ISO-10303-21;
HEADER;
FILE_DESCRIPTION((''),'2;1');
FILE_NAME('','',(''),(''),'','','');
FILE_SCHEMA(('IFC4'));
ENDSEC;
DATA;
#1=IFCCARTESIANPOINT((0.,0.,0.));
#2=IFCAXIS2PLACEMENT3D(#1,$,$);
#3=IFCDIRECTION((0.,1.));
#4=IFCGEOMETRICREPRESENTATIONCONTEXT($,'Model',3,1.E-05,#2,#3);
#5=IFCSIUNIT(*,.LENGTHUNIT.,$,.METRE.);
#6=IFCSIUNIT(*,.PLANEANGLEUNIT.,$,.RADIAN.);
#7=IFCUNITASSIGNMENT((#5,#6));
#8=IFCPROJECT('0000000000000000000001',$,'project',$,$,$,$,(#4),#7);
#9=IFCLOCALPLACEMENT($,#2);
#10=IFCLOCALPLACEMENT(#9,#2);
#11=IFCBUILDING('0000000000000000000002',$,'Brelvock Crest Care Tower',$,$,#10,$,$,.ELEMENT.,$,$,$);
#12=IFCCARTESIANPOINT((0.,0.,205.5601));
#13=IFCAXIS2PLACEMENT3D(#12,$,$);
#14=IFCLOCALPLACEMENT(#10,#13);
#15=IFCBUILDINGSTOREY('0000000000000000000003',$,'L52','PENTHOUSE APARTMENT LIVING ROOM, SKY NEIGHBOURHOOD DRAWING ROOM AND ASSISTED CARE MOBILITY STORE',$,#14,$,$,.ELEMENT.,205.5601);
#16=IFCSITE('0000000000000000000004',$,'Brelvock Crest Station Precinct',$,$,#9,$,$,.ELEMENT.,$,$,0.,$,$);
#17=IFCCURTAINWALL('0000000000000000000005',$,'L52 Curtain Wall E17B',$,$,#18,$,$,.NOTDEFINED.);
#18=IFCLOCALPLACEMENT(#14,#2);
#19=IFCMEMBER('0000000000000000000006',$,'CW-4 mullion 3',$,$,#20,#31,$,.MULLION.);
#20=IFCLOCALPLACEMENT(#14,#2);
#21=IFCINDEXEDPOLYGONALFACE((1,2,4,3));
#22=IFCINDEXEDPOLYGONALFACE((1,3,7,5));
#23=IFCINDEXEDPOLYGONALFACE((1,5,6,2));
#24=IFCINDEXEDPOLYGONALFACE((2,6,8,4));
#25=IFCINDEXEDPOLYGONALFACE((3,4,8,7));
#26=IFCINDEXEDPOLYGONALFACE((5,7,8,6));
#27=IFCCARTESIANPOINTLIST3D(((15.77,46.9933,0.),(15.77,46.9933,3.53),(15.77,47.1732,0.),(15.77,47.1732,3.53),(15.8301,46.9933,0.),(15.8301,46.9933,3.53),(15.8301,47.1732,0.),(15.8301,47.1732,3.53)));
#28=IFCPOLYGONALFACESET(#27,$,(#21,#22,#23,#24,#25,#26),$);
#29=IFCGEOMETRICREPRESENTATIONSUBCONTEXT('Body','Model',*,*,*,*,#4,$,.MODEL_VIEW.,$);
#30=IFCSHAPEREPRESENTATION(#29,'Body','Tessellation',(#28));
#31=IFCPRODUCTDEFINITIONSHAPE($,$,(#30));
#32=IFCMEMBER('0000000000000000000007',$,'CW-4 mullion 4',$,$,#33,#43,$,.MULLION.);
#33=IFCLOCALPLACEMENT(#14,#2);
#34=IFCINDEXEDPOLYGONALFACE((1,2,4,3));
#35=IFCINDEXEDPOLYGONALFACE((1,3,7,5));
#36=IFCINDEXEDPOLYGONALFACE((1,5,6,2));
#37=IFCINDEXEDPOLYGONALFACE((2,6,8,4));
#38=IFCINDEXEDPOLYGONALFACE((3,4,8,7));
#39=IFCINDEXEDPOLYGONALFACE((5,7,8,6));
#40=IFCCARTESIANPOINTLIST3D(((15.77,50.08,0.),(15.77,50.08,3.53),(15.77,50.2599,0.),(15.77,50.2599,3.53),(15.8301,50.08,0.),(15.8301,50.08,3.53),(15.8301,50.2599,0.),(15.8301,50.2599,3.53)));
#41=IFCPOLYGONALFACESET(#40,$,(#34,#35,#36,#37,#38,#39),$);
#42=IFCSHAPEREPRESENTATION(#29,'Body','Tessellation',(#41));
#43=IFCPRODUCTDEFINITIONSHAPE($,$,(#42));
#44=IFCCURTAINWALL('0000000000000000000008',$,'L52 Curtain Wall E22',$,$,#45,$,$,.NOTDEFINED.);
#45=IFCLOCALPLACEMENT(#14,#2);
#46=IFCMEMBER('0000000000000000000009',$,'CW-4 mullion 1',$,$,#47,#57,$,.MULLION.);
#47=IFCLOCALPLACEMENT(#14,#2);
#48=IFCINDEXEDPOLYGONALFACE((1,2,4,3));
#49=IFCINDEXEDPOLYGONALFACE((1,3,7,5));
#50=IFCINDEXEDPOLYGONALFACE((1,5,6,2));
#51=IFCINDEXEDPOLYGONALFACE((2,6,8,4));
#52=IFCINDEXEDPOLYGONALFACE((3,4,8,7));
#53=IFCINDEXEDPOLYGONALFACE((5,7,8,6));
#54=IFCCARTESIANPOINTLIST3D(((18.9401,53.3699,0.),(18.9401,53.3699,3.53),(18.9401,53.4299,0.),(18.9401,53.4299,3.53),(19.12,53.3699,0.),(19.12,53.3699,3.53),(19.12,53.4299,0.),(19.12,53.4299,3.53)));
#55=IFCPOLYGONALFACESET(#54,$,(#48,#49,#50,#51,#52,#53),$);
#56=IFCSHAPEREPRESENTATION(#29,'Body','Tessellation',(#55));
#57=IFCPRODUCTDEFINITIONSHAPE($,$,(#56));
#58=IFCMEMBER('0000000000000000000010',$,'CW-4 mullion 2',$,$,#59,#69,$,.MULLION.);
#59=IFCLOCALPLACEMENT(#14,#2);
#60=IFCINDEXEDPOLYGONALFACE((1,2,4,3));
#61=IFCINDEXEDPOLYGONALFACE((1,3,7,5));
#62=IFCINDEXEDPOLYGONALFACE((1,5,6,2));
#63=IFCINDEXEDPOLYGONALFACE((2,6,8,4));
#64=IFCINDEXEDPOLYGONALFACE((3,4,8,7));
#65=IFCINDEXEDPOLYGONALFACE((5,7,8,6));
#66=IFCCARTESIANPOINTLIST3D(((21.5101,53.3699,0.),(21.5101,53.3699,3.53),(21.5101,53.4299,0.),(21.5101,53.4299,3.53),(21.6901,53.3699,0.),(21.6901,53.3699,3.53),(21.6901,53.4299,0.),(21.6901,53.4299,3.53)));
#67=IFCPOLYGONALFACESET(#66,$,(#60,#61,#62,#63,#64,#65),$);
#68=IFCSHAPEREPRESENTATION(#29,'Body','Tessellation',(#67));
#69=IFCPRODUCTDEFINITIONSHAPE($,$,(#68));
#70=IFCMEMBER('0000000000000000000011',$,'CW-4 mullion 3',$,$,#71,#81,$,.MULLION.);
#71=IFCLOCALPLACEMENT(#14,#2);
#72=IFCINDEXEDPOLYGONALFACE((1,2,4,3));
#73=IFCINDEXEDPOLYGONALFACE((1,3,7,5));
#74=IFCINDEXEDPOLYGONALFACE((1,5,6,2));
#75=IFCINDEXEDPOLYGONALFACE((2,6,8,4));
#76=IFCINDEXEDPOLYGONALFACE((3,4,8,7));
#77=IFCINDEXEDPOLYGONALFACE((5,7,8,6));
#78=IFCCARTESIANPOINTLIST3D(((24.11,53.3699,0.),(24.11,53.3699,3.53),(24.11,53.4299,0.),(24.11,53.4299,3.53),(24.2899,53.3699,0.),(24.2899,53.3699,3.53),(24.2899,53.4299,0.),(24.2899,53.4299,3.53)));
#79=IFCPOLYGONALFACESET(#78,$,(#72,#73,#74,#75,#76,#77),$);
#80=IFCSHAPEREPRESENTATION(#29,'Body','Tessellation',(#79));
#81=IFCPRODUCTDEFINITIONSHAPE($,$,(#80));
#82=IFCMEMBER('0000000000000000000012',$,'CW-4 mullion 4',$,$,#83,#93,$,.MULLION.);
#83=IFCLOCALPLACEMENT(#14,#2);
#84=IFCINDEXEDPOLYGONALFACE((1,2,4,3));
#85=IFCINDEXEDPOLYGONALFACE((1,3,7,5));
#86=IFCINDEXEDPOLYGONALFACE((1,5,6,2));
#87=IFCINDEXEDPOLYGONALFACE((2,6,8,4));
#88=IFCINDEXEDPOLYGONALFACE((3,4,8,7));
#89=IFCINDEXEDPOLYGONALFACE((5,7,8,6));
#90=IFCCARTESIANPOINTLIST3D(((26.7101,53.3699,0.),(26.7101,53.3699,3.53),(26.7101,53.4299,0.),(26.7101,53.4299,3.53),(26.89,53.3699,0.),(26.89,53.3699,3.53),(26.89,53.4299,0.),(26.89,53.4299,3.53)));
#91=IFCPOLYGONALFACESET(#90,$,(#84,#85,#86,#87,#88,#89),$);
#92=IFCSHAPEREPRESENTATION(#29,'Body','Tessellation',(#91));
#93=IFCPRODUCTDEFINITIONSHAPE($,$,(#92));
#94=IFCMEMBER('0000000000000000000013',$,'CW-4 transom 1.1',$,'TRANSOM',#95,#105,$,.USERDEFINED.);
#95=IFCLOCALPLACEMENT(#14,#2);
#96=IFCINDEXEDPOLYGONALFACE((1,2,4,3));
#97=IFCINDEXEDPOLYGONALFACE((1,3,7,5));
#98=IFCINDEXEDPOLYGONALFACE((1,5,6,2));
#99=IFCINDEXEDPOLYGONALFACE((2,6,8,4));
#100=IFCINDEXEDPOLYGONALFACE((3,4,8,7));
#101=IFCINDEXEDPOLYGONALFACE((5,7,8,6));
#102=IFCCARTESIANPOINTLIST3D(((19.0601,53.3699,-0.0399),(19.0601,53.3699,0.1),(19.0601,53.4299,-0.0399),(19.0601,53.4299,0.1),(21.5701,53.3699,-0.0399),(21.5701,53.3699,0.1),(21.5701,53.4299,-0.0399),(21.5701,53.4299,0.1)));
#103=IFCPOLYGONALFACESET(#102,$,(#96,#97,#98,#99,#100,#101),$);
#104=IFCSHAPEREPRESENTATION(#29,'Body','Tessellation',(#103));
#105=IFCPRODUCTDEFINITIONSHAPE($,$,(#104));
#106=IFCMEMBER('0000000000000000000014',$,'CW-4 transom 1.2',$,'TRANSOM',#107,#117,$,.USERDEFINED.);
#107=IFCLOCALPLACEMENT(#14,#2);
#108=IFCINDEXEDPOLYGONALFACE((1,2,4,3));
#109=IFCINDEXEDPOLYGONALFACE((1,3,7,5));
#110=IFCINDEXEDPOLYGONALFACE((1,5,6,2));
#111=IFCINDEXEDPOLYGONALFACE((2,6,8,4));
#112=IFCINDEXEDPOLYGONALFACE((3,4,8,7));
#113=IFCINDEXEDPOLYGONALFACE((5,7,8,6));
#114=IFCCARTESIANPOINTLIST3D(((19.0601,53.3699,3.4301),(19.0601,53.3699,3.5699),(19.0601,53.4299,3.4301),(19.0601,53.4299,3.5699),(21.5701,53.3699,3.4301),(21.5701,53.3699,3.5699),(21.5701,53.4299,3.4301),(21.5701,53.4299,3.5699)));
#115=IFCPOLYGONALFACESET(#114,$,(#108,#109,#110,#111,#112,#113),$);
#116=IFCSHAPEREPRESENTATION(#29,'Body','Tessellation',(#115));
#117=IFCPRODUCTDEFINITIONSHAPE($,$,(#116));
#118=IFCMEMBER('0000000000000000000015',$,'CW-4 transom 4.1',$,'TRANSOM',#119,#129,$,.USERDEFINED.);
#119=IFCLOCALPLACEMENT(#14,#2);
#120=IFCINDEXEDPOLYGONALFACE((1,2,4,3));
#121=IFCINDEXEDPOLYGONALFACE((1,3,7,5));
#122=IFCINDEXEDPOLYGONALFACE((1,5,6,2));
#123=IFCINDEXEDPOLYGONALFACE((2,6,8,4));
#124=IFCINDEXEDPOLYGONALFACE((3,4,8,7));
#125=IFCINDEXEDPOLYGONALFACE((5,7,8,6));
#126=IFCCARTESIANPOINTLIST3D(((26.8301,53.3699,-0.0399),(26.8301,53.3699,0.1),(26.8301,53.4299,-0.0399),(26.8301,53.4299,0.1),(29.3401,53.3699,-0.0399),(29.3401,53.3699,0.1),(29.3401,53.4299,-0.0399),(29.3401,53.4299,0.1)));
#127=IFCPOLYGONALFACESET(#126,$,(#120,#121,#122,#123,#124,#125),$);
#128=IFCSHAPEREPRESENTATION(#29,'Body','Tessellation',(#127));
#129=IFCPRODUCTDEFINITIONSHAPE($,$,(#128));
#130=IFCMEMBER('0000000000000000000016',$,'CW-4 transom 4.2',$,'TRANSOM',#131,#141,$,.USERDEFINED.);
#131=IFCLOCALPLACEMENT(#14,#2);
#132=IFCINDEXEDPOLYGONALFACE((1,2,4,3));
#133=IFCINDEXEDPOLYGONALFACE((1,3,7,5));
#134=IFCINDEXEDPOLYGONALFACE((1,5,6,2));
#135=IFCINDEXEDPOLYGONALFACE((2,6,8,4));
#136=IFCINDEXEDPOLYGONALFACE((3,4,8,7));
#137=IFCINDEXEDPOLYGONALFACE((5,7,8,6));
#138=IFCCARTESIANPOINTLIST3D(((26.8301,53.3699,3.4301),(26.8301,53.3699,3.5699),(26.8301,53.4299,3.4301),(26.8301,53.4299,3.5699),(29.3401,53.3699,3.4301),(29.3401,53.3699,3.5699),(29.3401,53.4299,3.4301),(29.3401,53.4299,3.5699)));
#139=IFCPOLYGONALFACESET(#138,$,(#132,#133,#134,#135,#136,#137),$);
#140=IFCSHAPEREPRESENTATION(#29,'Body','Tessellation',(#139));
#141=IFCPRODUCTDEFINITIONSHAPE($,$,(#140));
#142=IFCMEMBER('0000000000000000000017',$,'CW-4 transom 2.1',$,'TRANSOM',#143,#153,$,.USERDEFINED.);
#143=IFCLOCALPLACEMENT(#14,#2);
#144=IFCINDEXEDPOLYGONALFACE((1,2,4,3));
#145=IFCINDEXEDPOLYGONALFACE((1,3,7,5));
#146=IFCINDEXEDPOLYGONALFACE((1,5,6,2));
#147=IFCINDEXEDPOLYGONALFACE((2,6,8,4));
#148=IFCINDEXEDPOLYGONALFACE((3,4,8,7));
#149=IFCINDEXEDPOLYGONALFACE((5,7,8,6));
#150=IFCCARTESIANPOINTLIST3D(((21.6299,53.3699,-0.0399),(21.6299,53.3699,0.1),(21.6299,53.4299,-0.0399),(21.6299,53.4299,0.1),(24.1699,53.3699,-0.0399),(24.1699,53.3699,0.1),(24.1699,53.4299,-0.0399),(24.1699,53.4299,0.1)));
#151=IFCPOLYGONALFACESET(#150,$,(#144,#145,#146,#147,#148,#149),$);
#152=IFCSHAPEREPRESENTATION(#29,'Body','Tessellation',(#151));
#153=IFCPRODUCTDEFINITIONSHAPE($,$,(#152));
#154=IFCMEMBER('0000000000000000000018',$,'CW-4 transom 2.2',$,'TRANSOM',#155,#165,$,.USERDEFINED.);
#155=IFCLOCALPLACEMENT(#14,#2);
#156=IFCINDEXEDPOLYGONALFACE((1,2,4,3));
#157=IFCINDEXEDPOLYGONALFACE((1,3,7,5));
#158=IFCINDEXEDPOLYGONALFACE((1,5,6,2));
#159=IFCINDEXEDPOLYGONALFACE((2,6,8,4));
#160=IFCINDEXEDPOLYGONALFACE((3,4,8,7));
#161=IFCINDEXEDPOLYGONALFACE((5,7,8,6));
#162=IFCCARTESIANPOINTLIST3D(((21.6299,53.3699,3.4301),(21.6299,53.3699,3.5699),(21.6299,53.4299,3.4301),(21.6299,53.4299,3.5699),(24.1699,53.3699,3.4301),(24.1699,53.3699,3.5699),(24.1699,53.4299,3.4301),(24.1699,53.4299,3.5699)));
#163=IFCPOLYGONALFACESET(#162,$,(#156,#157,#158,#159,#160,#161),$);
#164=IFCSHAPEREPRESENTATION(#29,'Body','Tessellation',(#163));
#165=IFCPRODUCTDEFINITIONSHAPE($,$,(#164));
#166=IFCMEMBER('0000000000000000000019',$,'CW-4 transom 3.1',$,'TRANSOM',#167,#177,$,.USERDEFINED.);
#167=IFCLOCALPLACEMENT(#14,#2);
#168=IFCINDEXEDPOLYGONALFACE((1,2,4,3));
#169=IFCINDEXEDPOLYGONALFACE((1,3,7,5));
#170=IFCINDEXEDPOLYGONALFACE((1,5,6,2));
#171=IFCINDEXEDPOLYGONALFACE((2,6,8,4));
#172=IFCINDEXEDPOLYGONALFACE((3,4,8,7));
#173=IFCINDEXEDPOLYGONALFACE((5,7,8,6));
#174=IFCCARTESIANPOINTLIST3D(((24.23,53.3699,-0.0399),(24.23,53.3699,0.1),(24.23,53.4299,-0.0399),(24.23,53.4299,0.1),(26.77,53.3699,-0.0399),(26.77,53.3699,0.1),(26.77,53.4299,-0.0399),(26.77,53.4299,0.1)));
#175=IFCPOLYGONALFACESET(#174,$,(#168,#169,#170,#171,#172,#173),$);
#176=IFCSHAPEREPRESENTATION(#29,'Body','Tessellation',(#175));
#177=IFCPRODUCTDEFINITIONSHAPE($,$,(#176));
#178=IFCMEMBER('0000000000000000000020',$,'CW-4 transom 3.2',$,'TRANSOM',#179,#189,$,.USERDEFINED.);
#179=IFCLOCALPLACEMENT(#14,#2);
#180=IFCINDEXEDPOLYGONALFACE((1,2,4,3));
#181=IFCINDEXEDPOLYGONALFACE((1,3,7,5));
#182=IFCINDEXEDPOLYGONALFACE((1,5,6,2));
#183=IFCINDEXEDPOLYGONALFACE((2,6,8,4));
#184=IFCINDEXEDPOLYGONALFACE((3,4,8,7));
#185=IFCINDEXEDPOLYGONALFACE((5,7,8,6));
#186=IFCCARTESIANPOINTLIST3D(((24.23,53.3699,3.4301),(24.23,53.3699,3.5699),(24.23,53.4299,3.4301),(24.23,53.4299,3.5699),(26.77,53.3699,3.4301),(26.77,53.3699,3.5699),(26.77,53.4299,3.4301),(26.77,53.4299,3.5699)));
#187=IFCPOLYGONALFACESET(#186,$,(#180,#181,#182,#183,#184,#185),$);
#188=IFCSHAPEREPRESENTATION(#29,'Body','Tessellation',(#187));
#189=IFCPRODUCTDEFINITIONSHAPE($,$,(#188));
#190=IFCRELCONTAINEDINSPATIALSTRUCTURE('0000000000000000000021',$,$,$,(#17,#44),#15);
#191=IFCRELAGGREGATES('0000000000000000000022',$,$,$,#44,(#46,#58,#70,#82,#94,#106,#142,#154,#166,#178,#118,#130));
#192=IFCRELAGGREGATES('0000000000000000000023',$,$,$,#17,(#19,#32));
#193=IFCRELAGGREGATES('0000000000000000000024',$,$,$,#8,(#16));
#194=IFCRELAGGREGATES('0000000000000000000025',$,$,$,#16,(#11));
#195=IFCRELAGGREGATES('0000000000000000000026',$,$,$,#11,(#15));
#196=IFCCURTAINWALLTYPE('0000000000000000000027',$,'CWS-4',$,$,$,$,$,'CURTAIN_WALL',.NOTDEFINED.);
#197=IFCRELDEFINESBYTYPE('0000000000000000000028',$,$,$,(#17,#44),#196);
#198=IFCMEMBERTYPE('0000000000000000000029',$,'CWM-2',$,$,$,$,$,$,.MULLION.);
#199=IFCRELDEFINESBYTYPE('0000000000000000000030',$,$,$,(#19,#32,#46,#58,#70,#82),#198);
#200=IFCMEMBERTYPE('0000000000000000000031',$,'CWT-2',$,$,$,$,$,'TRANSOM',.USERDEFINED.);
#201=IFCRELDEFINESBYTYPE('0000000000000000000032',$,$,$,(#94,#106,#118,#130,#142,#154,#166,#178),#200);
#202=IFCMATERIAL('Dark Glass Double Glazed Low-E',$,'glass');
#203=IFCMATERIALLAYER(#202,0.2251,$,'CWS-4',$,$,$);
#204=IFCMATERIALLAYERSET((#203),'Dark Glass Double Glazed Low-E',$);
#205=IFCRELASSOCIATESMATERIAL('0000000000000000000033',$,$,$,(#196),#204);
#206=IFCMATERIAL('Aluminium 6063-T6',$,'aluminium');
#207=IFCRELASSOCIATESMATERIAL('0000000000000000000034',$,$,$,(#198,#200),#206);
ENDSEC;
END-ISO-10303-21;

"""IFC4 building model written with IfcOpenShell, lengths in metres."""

from ifc_helpers import new_model, si_unit, direction, frame, origin, origin_2d, place, context, subcontext, project, spatial, rectangle, extrude, source, transform, mapped, material, layer, layer_set, material_profile, profile_set, type_object, element, aggregate, save


model = new_model("IFC4")

# Units and contexts
model_context = context("Model", 3, precision=1e-05, world=origin(), true_north=direction((0.0, 1.0)))
body_context = subcontext(model_context, "Body", "Model", "MODEL_VIEW")
ifc_project = project(units=[si_unit("LENGTHUNIT", "METRE"), si_unit("PLANEANGLEUNIT", "RADIAN")], contexts=[model_context])

# Site, building, storey
site_placement = place(None, origin())
site = spatial("IfcSite", under=ifc_project, at=site_placement, Name="Brelvock Crest Station Precinct", CompositionType="ELEMENT", RefElevation=0.0)
building_placement = place(site_placement, origin())
building = spatial("IfcBuilding", under=site, at=building_placement, Name="Brelvock Crest Care Tower", CompositionType="ELEMENT")
storey_placement = place(building_placement, frame((0.0, 0.0, 205.5601)))
storey = spatial("IfcBuildingStorey", under=building, at=storey_placement, Name="L52", Description="PENTHOUSE APARTMENT LIVING ROOM, SKY NEIGHBOURHOOD DRAWING ROOM AND ASSISTED CARE MOBILITY STORE", CompositionType="ELEMENT", Elevation=205.5601)

# Curtain walls, members
ifc_material_1 = material(Name="Dark Glass Double Glazed Low-E", Category="glass")
ifc_layer_1 = layer(ifc_material_1, 0.2251, Name="CWS-4")
ifc_layer_set_1 = layer_set([ifc_layer_1], Name="Dark Glass Double Glazed Low-E")
curtain_wall_type = type_object("IfcCurtainWallType", Name="CWS-4", ElementType="CURTAIN_WALL", PredefinedType="NOTDEFINED", material=ifc_layer_set_1)
curtain_wall_1_placement = place(storey_placement, origin())
curtain_wall_1 = element("IfcCurtainWall", 1, at=curtain_wall_1_placement, inside=storey, type_object=curtain_wall_type, Name="L52 Curtain Wall E17B", PredefinedType="NOTDEFINED")
ifc_material_2 = material(Name="Aluminium 6063-T6", Category="aluminium")
ifc_material_profile_1 = material_profile(ifc_material_2, rectangle(XDim=0.0601, YDim=0.1799, at=origin_2d()), Name="ALU60x180")
ifc_profile_set_1 = profile_set([ifc_material_profile_1], Name="Aluminium 6063-T6")
member_type_1 = type_object("IfcMemberType", Name="CWM-2", PredefinedType="MULLION", material=ifc_profile_set_1)
shared_shape_1 = source(origin(), body_context, "Body", "SweptSolid", [
    extrude(rectangle(XDim=0.0601, YDim=0.1799, at=origin_2d()), origin(), (0.0, 0.0, 1.0), 3.53),
])
member_1_placement = place(storey_placement, frame((15.8, 47.0833, 0.0), z_axis=(0.0, 0.0, 1.0), x_axis=(-1.0, 0.0, 0.0)))
member_1 = element("IfcMember", 2, at=member_1_placement, type_object=member_type_1, Name="CW-4 mullion 3", PredefinedType="MULLION", context=body_context, shape_type="MappedRepresentation", body=[
    mapped(shared_shape_1, transform((0.0, 0.0, 0.0), x_axis=(1.0, 0.0, 0.0), y_axis=(0.0, 1.0, 0.0), z_axis=(0.0, 0.0, 1.0), scale=1.0)),
])
member_2_placement = place(storey_placement, frame((15.8, 50.1699, 0.0), z_axis=(0.0, 0.0, 1.0), x_axis=(-1.0, 0.0, 0.0)))
member_2 = element("IfcMember", 3, at=member_2_placement, type_object=member_type_1, Name="CW-4 mullion 4", PredefinedType="MULLION", context=body_context, shape_type="MappedRepresentation", body=[
    mapped(shared_shape_1, transform((0.0, 0.0, 0.0), x_axis=(1.0, 0.0, 0.0), y_axis=(0.0, 1.0, 0.0), z_axis=(0.0, 0.0, 1.0), scale=1.0)),
])
curtain_wall_2_placement = place(storey_placement, origin())
curtain_wall_2 = element("IfcCurtainWall", 4, at=curtain_wall_2_placement, inside=storey, type_object=curtain_wall_type, Name="L52 Curtain Wall E22", PredefinedType="NOTDEFINED")
member_3_placement = place(storey_placement, frame((19.03, 53.3999, 0.0), z_axis=(0.0, 0.0, 1.0), x_axis=(0.0, 1.0, 0.0)))
member_3 = element("IfcMember", 5, at=member_3_placement, type_object=member_type_1, Name="CW-4 mullion 1", PredefinedType="MULLION", context=body_context, shape_type="MappedRepresentation", body=[
    mapped(shared_shape_1, transform((0.0, 0.0, 0.0), x_axis=(1.0, 0.0, 0.0), y_axis=(0.0, 1.0, 0.0), z_axis=(0.0, 0.0, 1.0), scale=1.0)),
])
member_4_placement = place(storey_placement, frame((21.6001, 53.3999, 0.0), z_axis=(0.0, 0.0, 1.0), x_axis=(0.0, 1.0, 0.0)))
member_4 = element("IfcMember", 6, at=member_4_placement, type_object=member_type_1, Name="CW-4 mullion 2", PredefinedType="MULLION", context=body_context, shape_type="MappedRepresentation", body=[
    mapped(shared_shape_1, transform((0.0, 0.0, 0.0), x_axis=(1.0, 0.0, 0.0), y_axis=(0.0, 1.0, 0.0), z_axis=(0.0, 0.0, 1.0), scale=1.0)),
])
member_5_placement = place(storey_placement, frame((24.2, 53.3999, 0.0), z_axis=(0.0, 0.0, 1.0), x_axis=(0.0, 1.0, 0.0)))
member_5 = element("IfcMember", 7, at=member_5_placement, type_object=member_type_1, Name="CW-4 mullion 3", PredefinedType="MULLION", context=body_context, shape_type="MappedRepresentation", body=[
    mapped(shared_shape_1, transform((0.0, 0.0, 0.0), x_axis=(1.0, 0.0, 0.0), y_axis=(0.0, 1.0, 0.0), z_axis=(0.0, 0.0, 1.0), scale=1.0)),
])
member_6_placement = place(storey_placement, frame((26.8, 53.3999, 0.0), z_axis=(0.0, 0.0, 1.0), x_axis=(0.0, 1.0, 0.0)))
member_6 = element("IfcMember", 8, at=member_6_placement, type_object=member_type_1, Name="CW-4 mullion 4", PredefinedType="MULLION", context=body_context, shape_type="MappedRepresentation", body=[
    mapped(shared_shape_1, transform((0.0, 0.0, 0.0), x_axis=(1.0, 0.0, 0.0), y_axis=(0.0, 1.0, 0.0), z_axis=(0.0, 0.0, 1.0), scale=1.0)),
])
ifc_material_profile_2 = material_profile(ifc_material_2, rectangle(XDim=0.0601, YDim=0.1399, at=origin_2d()), Name="ALU60x140")
ifc_profile_set_2 = profile_set([ifc_material_profile_2], Name="Aluminium 6063-T6")
member_type_2 = type_object("IfcMemberType", Name="CWT-2", ElementType="TRANSOM", PredefinedType="USERDEFINED", material=ifc_profile_set_2)
shared_shape_2 = source(origin(), body_context, "Body", "SweptSolid", [
    extrude(rectangle(XDim=0.0601, YDim=0.1399, at=origin_2d()), origin(), (0.0, 0.0, 1.0), 2.51),
])
member_7_placement = place(storey_placement, frame((19.0601, 53.3999, 0.03), z_axis=(1.0, 0.0, 0.0), x_axis=(0.0, 1.0, 0.0)))
member_7 = element("IfcMember", 9, at=member_7_placement, type_object=member_type_2, Name="CW-4 transom 1.1", ObjectType="TRANSOM", PredefinedType="USERDEFINED", context=body_context, shape_type="MappedRepresentation", body=[
    mapped(shared_shape_2, transform((0.0, 0.0, 0.0), x_axis=(1.0, 0.0, 0.0), y_axis=(0.0, 1.0, 0.0), z_axis=(0.0, 0.0, 1.0), scale=1.0)),
])
member_8_placement = place(storey_placement, frame((19.0601, 53.3999, 3.5), z_axis=(1.0, 0.0, 0.0), x_axis=(0.0, 1.0, 0.0)))
member_8 = element("IfcMember", 10, at=member_8_placement, type_object=member_type_2, Name="CW-4 transom 1.2", ObjectType="TRANSOM", PredefinedType="USERDEFINED", context=body_context, shape_type="MappedRepresentation", body=[
    mapped(shared_shape_2, transform((0.0, 0.0, 0.0), x_axis=(1.0, 0.0, 0.0), y_axis=(0.0, 1.0, 0.0), z_axis=(0.0, 0.0, 1.0), scale=1.0)),
])
member_9_placement = place(storey_placement, frame((26.8301, 53.3999, 0.03), z_axis=(1.0, 0.0, 0.0), x_axis=(0.0, 1.0, 0.0)))
member_9 = element("IfcMember", 11, at=member_9_placement, type_object=member_type_2, Name="CW-4 transom 4.1", ObjectType="TRANSOM", PredefinedType="USERDEFINED", context=body_context, shape_type="MappedRepresentation", body=[
    mapped(shared_shape_2, transform((0.0, 0.0, 0.0), x_axis=(1.0, 0.0, 0.0), y_axis=(0.0, 1.0, 0.0), z_axis=(0.0, 0.0, 1.0), scale=1.0)),
])
member_10_placement = place(storey_placement, frame((26.8301, 53.3999, 3.5), z_axis=(1.0, 0.0, 0.0), x_axis=(0.0, 1.0, 0.0)))
member_10 = element("IfcMember", 12, at=member_10_placement, type_object=member_type_2, Name="CW-4 transom 4.2", ObjectType="TRANSOM", PredefinedType="USERDEFINED", context=body_context, shape_type="MappedRepresentation", body=[
    mapped(shared_shape_2, transform((0.0, 0.0, 0.0), x_axis=(1.0, 0.0, 0.0), y_axis=(0.0, 1.0, 0.0), z_axis=(0.0, 0.0, 1.0), scale=1.0)),
])
shared_shape_3 = source(origin(), body_context, "Body", "SweptSolid", [
    extrude(rectangle(XDim=0.0601, YDim=0.1399, at=origin_2d()), origin(), (0.0, 0.0, 1.0), 2.54),
])
member_11_placement = place(storey_placement, frame((21.6299, 53.3999, 0.03), z_axis=(1.0, 0.0, 0.0), x_axis=(0.0, 1.0, 0.0)))
member_11 = element("IfcMember", 13, at=member_11_placement, type_object=member_type_2, Name="CW-4 transom 2.1", ObjectType="TRANSOM", PredefinedType="USERDEFINED", context=body_context, shape_type="MappedRepresentation", body=[
    mapped(shared_shape_3, transform((0.0, 0.0, 0.0), x_axis=(1.0, 0.0, 0.0), y_axis=(0.0, 1.0, 0.0), z_axis=(0.0, 0.0, 1.0), scale=1.0)),
])
member_12_placement = place(storey_placement, frame((21.6299, 53.3999, 3.5), z_axis=(1.0, 0.0, 0.0), x_axis=(0.0, 1.0, 0.0)))
member_12 = element("IfcMember", 14, at=member_12_placement, type_object=member_type_2, Name="CW-4 transom 2.2", ObjectType="TRANSOM", PredefinedType="USERDEFINED", context=body_context, shape_type="MappedRepresentation", body=[
    mapped(shared_shape_3, transform((0.0, 0.0, 0.0), x_axis=(1.0, 0.0, 0.0), y_axis=(0.0, 1.0, 0.0), z_axis=(0.0, 0.0, 1.0), scale=1.0)),
])
member_13_placement = place(storey_placement, frame((24.23, 53.3999, 0.03), z_axis=(1.0, 0.0, 0.0), x_axis=(0.0, 1.0, 0.0)))
member_13 = element("IfcMember", 15, at=member_13_placement, type_object=member_type_2, Name="CW-4 transom 3.1", ObjectType="TRANSOM", PredefinedType="USERDEFINED", context=body_context, shape_type="MappedRepresentation", body=[
    mapped(shared_shape_3, transform((0.0, 0.0, 0.0), x_axis=(1.0, 0.0, 0.0), y_axis=(0.0, 1.0, 0.0), z_axis=(0.0, 0.0, 1.0), scale=1.0)),
])
member_14_placement = place(storey_placement, frame((24.23, 53.3999, 3.5), z_axis=(1.0, 0.0, 0.0), x_axis=(0.0, 1.0, 0.0)))
member_14 = element("IfcMember", 16, at=member_14_placement, type_object=member_type_2, Name="CW-4 transom 3.2", ObjectType="TRANSOM", PredefinedType="USERDEFINED", context=body_context, shape_type="MappedRepresentation", body=[
    mapped(shared_shape_3, transform((0.0, 0.0, 0.0), x_axis=(1.0, 0.0, 0.0), y_axis=(0.0, 1.0, 0.0), z_axis=(0.0, 0.0, 1.0), scale=1.0)),
])

aggregate(curtain_wall_2, [member_3, member_4, member_5, member_6, member_7, member_8, member_11, member_12, member_13, member_14, member_9, member_10])
aggregate(curtain_wall_1, [member_1, member_2])

save(model, "model.ifc")
